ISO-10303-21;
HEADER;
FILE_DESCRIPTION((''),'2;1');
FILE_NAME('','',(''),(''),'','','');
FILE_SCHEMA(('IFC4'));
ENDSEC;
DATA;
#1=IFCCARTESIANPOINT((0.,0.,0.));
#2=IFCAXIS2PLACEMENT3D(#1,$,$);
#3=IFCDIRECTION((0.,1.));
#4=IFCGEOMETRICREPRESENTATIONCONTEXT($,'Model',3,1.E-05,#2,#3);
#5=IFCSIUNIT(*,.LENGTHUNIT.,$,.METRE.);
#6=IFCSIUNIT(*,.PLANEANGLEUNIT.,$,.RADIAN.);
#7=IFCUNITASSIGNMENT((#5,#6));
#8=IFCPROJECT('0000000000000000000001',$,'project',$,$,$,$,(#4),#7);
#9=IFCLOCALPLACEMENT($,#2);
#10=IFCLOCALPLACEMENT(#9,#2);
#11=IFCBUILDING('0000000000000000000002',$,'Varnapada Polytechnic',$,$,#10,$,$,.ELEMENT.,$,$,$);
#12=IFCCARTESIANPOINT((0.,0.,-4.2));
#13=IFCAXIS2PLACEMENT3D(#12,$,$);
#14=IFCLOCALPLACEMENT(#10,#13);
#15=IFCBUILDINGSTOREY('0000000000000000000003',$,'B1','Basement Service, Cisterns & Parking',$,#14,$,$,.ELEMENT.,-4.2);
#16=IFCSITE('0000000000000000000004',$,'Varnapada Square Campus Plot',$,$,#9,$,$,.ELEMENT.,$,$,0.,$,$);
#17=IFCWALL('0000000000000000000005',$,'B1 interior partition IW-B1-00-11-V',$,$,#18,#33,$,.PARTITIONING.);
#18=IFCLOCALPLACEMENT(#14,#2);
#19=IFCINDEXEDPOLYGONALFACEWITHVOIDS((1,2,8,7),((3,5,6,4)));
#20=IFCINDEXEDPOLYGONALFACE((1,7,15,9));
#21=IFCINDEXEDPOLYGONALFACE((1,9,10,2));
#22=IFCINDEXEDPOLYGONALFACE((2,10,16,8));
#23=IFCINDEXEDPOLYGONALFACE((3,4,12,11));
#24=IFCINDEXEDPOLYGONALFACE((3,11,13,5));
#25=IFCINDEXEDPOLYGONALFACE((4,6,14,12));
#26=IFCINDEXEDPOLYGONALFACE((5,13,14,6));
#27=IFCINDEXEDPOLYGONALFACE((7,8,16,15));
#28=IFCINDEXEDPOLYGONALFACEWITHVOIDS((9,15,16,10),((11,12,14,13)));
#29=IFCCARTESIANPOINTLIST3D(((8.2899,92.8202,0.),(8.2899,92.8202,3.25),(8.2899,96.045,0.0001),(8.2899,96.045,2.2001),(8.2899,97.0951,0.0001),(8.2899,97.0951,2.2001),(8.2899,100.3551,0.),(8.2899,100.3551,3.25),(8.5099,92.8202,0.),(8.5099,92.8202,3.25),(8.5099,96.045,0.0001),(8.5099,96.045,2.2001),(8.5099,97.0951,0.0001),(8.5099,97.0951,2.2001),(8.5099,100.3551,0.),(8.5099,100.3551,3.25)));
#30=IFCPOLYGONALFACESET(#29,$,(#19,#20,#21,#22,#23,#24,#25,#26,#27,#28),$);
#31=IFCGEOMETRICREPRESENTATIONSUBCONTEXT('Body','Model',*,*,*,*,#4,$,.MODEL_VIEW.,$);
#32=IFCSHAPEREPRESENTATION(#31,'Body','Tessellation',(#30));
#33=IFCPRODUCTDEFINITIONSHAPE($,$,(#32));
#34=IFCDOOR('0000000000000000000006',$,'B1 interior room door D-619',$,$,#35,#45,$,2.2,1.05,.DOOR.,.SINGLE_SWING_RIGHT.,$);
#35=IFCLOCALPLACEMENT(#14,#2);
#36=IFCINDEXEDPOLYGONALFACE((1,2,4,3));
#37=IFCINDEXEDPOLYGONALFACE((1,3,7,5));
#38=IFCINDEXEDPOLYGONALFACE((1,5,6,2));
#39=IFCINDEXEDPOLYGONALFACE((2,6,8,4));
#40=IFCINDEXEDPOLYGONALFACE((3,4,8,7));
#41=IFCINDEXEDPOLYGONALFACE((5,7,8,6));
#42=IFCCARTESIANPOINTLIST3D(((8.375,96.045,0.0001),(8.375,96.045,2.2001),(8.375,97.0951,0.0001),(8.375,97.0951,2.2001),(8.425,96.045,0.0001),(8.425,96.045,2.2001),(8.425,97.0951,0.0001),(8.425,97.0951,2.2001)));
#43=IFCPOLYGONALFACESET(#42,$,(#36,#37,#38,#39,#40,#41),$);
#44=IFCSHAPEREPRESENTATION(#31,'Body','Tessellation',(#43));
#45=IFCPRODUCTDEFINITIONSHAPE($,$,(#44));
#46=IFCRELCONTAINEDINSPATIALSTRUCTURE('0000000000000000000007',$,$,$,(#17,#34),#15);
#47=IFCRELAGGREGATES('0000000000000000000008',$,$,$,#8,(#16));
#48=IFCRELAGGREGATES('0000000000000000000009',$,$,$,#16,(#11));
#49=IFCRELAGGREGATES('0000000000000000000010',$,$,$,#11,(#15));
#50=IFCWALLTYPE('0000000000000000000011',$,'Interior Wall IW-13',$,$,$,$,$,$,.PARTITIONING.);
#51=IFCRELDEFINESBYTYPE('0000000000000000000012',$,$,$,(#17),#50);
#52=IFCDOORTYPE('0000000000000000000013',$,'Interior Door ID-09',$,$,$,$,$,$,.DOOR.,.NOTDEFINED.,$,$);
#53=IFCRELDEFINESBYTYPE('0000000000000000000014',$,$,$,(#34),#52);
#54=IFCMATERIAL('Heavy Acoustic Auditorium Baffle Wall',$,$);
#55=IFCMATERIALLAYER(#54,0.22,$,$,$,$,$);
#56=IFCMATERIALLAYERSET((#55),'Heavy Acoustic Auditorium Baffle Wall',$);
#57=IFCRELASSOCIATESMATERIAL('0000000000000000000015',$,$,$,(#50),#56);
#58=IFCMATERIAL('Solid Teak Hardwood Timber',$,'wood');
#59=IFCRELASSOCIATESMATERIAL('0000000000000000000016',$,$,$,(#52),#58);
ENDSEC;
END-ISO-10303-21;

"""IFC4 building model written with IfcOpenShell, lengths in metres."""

from ifc_helpers import new_model, si_unit, direction, frame, frame_2d, origin, place, context, subcontext, project, spatial, rectangle, extrude, material, layer, layer_set, type_object, element, fill, save


model = new_model("IFC4")

# Units and contexts
model_context = context("Model", 3, precision=1e-05, world=origin(), true_north=direction((0.0, 1.0)))
body_context = subcontext(model_context, "Body", "Model", "MODEL_VIEW")
ifc_project = project(units=[si_unit("LENGTHUNIT", "METRE"), si_unit("PLANEANGLEUNIT", "RADIAN")], contexts=[model_context])

# Site, building, storey
site_placement = place(None, origin())
site = spatial("IfcSite", under=ifc_project, at=site_placement, Name="Varnapada Square Campus Plot", CompositionType="ELEMENT", RefElevation=0.0)
building_placement = place(site_placement, origin())
building = spatial("IfcBuilding", under=site, at=building_placement, Name="Varnapada Polytechnic", CompositionType="ELEMENT")
storey_placement = place(building_placement, frame((0.0, 0.0, -4.2)))
storey = spatial("IfcBuildingStorey", under=building, at=storey_placement, Name="B1", Description="Basement Service, Cisterns & Parking", CompositionType="ELEMENT", Elevation=-4.2)

# Wall, opening, door
ifc_material_1 = material(Name="Solid Teak Hardwood Timber", Category="wood")
ifc_material_2 = material(Name="Heavy Acoustic Auditorium Baffle Wall")
ifc_layer_1 = layer(ifc_material_2, 0.22)
ifc_layer_set_1 = layer_set([ifc_layer_1], Name="Heavy Acoustic Auditorium Baffle Wall")
wall_type_1 = type_object("IfcWallType", Name="Interior Wall IW-13", PredefinedType="PARTITIONING", material=ifc_layer_set_1)
wall_1_placement = place(storey_placement, frame((8.3999, 92.8201, 0.0), z_axis=(0.0, 0.0, 1.0), x_axis=(0.0, 1.0, 0.0)))
wall_1 = element("IfcWall", 1, at=wall_1_placement, inside=storey, type_object=wall_type_1, Name="B1 interior partition IW-B1-00-11-V", PredefinedType="PARTITIONING", context=body_context, shape_type="SweptSolid", body=[
    extrude(rectangle(XDim=7.5349, YDim=0.22, at=frame_2d((3.7676, 0.0))), origin(), (0.0, 0.0, 1.0), 3.25),
])
opening_1_placement = place(wall_1_placement, frame((3.2251, 0.0, 0.0)))
opening_1 = element("IfcOpeningElement", 2, at=opening_1_placement, cuts=wall_1, PredefinedType="OPENING", context=body_context, shape_type="SweptSolid", body=[
    extrude(rectangle(XDim=1.05, YDim=2.2, at=frame_2d((0.5249, 1.1001))), frame((0.0, 0.1199, 0.0), z_axis=(0.0, -1.0, 0.0), x_axis=(1.0, 0.0, 0.0)), (0.0, 0.0, 1.0), 0.24),
])
door_type_1 = type_object("IfcDoorType", Name="Interior Door ID-09", OperationType="NOTDEFINED", PredefinedType="DOOR", material=ifc_material_1)
door_1_placement = place(opening_1_placement, origin())
door_1 = element("IfcDoor", 3, at=door_1_placement, inside=storey, type_object=door_type_1, Name="B1 interior room door D-619", OperationType="SINGLE_SWING_RIGHT", OverallHeight=2.2, OverallWidth=1.05, PredefinedType="DOOR", context=body_context, shape_type="SweptSolid", body=[
    extrude(rectangle(XDim=1.05, YDim=2.2, at=frame_2d((0.5249, 1.1001))), frame((0.0, 0.0249, 0.0), z_axis=(0.0, -1.0, 0.0), x_axis=(1.0, 0.0, 0.0)), (0.0, 0.0, 1.0), 0.05),
])
fill(opening_1, door_1)

save(model, "model.ifc")
